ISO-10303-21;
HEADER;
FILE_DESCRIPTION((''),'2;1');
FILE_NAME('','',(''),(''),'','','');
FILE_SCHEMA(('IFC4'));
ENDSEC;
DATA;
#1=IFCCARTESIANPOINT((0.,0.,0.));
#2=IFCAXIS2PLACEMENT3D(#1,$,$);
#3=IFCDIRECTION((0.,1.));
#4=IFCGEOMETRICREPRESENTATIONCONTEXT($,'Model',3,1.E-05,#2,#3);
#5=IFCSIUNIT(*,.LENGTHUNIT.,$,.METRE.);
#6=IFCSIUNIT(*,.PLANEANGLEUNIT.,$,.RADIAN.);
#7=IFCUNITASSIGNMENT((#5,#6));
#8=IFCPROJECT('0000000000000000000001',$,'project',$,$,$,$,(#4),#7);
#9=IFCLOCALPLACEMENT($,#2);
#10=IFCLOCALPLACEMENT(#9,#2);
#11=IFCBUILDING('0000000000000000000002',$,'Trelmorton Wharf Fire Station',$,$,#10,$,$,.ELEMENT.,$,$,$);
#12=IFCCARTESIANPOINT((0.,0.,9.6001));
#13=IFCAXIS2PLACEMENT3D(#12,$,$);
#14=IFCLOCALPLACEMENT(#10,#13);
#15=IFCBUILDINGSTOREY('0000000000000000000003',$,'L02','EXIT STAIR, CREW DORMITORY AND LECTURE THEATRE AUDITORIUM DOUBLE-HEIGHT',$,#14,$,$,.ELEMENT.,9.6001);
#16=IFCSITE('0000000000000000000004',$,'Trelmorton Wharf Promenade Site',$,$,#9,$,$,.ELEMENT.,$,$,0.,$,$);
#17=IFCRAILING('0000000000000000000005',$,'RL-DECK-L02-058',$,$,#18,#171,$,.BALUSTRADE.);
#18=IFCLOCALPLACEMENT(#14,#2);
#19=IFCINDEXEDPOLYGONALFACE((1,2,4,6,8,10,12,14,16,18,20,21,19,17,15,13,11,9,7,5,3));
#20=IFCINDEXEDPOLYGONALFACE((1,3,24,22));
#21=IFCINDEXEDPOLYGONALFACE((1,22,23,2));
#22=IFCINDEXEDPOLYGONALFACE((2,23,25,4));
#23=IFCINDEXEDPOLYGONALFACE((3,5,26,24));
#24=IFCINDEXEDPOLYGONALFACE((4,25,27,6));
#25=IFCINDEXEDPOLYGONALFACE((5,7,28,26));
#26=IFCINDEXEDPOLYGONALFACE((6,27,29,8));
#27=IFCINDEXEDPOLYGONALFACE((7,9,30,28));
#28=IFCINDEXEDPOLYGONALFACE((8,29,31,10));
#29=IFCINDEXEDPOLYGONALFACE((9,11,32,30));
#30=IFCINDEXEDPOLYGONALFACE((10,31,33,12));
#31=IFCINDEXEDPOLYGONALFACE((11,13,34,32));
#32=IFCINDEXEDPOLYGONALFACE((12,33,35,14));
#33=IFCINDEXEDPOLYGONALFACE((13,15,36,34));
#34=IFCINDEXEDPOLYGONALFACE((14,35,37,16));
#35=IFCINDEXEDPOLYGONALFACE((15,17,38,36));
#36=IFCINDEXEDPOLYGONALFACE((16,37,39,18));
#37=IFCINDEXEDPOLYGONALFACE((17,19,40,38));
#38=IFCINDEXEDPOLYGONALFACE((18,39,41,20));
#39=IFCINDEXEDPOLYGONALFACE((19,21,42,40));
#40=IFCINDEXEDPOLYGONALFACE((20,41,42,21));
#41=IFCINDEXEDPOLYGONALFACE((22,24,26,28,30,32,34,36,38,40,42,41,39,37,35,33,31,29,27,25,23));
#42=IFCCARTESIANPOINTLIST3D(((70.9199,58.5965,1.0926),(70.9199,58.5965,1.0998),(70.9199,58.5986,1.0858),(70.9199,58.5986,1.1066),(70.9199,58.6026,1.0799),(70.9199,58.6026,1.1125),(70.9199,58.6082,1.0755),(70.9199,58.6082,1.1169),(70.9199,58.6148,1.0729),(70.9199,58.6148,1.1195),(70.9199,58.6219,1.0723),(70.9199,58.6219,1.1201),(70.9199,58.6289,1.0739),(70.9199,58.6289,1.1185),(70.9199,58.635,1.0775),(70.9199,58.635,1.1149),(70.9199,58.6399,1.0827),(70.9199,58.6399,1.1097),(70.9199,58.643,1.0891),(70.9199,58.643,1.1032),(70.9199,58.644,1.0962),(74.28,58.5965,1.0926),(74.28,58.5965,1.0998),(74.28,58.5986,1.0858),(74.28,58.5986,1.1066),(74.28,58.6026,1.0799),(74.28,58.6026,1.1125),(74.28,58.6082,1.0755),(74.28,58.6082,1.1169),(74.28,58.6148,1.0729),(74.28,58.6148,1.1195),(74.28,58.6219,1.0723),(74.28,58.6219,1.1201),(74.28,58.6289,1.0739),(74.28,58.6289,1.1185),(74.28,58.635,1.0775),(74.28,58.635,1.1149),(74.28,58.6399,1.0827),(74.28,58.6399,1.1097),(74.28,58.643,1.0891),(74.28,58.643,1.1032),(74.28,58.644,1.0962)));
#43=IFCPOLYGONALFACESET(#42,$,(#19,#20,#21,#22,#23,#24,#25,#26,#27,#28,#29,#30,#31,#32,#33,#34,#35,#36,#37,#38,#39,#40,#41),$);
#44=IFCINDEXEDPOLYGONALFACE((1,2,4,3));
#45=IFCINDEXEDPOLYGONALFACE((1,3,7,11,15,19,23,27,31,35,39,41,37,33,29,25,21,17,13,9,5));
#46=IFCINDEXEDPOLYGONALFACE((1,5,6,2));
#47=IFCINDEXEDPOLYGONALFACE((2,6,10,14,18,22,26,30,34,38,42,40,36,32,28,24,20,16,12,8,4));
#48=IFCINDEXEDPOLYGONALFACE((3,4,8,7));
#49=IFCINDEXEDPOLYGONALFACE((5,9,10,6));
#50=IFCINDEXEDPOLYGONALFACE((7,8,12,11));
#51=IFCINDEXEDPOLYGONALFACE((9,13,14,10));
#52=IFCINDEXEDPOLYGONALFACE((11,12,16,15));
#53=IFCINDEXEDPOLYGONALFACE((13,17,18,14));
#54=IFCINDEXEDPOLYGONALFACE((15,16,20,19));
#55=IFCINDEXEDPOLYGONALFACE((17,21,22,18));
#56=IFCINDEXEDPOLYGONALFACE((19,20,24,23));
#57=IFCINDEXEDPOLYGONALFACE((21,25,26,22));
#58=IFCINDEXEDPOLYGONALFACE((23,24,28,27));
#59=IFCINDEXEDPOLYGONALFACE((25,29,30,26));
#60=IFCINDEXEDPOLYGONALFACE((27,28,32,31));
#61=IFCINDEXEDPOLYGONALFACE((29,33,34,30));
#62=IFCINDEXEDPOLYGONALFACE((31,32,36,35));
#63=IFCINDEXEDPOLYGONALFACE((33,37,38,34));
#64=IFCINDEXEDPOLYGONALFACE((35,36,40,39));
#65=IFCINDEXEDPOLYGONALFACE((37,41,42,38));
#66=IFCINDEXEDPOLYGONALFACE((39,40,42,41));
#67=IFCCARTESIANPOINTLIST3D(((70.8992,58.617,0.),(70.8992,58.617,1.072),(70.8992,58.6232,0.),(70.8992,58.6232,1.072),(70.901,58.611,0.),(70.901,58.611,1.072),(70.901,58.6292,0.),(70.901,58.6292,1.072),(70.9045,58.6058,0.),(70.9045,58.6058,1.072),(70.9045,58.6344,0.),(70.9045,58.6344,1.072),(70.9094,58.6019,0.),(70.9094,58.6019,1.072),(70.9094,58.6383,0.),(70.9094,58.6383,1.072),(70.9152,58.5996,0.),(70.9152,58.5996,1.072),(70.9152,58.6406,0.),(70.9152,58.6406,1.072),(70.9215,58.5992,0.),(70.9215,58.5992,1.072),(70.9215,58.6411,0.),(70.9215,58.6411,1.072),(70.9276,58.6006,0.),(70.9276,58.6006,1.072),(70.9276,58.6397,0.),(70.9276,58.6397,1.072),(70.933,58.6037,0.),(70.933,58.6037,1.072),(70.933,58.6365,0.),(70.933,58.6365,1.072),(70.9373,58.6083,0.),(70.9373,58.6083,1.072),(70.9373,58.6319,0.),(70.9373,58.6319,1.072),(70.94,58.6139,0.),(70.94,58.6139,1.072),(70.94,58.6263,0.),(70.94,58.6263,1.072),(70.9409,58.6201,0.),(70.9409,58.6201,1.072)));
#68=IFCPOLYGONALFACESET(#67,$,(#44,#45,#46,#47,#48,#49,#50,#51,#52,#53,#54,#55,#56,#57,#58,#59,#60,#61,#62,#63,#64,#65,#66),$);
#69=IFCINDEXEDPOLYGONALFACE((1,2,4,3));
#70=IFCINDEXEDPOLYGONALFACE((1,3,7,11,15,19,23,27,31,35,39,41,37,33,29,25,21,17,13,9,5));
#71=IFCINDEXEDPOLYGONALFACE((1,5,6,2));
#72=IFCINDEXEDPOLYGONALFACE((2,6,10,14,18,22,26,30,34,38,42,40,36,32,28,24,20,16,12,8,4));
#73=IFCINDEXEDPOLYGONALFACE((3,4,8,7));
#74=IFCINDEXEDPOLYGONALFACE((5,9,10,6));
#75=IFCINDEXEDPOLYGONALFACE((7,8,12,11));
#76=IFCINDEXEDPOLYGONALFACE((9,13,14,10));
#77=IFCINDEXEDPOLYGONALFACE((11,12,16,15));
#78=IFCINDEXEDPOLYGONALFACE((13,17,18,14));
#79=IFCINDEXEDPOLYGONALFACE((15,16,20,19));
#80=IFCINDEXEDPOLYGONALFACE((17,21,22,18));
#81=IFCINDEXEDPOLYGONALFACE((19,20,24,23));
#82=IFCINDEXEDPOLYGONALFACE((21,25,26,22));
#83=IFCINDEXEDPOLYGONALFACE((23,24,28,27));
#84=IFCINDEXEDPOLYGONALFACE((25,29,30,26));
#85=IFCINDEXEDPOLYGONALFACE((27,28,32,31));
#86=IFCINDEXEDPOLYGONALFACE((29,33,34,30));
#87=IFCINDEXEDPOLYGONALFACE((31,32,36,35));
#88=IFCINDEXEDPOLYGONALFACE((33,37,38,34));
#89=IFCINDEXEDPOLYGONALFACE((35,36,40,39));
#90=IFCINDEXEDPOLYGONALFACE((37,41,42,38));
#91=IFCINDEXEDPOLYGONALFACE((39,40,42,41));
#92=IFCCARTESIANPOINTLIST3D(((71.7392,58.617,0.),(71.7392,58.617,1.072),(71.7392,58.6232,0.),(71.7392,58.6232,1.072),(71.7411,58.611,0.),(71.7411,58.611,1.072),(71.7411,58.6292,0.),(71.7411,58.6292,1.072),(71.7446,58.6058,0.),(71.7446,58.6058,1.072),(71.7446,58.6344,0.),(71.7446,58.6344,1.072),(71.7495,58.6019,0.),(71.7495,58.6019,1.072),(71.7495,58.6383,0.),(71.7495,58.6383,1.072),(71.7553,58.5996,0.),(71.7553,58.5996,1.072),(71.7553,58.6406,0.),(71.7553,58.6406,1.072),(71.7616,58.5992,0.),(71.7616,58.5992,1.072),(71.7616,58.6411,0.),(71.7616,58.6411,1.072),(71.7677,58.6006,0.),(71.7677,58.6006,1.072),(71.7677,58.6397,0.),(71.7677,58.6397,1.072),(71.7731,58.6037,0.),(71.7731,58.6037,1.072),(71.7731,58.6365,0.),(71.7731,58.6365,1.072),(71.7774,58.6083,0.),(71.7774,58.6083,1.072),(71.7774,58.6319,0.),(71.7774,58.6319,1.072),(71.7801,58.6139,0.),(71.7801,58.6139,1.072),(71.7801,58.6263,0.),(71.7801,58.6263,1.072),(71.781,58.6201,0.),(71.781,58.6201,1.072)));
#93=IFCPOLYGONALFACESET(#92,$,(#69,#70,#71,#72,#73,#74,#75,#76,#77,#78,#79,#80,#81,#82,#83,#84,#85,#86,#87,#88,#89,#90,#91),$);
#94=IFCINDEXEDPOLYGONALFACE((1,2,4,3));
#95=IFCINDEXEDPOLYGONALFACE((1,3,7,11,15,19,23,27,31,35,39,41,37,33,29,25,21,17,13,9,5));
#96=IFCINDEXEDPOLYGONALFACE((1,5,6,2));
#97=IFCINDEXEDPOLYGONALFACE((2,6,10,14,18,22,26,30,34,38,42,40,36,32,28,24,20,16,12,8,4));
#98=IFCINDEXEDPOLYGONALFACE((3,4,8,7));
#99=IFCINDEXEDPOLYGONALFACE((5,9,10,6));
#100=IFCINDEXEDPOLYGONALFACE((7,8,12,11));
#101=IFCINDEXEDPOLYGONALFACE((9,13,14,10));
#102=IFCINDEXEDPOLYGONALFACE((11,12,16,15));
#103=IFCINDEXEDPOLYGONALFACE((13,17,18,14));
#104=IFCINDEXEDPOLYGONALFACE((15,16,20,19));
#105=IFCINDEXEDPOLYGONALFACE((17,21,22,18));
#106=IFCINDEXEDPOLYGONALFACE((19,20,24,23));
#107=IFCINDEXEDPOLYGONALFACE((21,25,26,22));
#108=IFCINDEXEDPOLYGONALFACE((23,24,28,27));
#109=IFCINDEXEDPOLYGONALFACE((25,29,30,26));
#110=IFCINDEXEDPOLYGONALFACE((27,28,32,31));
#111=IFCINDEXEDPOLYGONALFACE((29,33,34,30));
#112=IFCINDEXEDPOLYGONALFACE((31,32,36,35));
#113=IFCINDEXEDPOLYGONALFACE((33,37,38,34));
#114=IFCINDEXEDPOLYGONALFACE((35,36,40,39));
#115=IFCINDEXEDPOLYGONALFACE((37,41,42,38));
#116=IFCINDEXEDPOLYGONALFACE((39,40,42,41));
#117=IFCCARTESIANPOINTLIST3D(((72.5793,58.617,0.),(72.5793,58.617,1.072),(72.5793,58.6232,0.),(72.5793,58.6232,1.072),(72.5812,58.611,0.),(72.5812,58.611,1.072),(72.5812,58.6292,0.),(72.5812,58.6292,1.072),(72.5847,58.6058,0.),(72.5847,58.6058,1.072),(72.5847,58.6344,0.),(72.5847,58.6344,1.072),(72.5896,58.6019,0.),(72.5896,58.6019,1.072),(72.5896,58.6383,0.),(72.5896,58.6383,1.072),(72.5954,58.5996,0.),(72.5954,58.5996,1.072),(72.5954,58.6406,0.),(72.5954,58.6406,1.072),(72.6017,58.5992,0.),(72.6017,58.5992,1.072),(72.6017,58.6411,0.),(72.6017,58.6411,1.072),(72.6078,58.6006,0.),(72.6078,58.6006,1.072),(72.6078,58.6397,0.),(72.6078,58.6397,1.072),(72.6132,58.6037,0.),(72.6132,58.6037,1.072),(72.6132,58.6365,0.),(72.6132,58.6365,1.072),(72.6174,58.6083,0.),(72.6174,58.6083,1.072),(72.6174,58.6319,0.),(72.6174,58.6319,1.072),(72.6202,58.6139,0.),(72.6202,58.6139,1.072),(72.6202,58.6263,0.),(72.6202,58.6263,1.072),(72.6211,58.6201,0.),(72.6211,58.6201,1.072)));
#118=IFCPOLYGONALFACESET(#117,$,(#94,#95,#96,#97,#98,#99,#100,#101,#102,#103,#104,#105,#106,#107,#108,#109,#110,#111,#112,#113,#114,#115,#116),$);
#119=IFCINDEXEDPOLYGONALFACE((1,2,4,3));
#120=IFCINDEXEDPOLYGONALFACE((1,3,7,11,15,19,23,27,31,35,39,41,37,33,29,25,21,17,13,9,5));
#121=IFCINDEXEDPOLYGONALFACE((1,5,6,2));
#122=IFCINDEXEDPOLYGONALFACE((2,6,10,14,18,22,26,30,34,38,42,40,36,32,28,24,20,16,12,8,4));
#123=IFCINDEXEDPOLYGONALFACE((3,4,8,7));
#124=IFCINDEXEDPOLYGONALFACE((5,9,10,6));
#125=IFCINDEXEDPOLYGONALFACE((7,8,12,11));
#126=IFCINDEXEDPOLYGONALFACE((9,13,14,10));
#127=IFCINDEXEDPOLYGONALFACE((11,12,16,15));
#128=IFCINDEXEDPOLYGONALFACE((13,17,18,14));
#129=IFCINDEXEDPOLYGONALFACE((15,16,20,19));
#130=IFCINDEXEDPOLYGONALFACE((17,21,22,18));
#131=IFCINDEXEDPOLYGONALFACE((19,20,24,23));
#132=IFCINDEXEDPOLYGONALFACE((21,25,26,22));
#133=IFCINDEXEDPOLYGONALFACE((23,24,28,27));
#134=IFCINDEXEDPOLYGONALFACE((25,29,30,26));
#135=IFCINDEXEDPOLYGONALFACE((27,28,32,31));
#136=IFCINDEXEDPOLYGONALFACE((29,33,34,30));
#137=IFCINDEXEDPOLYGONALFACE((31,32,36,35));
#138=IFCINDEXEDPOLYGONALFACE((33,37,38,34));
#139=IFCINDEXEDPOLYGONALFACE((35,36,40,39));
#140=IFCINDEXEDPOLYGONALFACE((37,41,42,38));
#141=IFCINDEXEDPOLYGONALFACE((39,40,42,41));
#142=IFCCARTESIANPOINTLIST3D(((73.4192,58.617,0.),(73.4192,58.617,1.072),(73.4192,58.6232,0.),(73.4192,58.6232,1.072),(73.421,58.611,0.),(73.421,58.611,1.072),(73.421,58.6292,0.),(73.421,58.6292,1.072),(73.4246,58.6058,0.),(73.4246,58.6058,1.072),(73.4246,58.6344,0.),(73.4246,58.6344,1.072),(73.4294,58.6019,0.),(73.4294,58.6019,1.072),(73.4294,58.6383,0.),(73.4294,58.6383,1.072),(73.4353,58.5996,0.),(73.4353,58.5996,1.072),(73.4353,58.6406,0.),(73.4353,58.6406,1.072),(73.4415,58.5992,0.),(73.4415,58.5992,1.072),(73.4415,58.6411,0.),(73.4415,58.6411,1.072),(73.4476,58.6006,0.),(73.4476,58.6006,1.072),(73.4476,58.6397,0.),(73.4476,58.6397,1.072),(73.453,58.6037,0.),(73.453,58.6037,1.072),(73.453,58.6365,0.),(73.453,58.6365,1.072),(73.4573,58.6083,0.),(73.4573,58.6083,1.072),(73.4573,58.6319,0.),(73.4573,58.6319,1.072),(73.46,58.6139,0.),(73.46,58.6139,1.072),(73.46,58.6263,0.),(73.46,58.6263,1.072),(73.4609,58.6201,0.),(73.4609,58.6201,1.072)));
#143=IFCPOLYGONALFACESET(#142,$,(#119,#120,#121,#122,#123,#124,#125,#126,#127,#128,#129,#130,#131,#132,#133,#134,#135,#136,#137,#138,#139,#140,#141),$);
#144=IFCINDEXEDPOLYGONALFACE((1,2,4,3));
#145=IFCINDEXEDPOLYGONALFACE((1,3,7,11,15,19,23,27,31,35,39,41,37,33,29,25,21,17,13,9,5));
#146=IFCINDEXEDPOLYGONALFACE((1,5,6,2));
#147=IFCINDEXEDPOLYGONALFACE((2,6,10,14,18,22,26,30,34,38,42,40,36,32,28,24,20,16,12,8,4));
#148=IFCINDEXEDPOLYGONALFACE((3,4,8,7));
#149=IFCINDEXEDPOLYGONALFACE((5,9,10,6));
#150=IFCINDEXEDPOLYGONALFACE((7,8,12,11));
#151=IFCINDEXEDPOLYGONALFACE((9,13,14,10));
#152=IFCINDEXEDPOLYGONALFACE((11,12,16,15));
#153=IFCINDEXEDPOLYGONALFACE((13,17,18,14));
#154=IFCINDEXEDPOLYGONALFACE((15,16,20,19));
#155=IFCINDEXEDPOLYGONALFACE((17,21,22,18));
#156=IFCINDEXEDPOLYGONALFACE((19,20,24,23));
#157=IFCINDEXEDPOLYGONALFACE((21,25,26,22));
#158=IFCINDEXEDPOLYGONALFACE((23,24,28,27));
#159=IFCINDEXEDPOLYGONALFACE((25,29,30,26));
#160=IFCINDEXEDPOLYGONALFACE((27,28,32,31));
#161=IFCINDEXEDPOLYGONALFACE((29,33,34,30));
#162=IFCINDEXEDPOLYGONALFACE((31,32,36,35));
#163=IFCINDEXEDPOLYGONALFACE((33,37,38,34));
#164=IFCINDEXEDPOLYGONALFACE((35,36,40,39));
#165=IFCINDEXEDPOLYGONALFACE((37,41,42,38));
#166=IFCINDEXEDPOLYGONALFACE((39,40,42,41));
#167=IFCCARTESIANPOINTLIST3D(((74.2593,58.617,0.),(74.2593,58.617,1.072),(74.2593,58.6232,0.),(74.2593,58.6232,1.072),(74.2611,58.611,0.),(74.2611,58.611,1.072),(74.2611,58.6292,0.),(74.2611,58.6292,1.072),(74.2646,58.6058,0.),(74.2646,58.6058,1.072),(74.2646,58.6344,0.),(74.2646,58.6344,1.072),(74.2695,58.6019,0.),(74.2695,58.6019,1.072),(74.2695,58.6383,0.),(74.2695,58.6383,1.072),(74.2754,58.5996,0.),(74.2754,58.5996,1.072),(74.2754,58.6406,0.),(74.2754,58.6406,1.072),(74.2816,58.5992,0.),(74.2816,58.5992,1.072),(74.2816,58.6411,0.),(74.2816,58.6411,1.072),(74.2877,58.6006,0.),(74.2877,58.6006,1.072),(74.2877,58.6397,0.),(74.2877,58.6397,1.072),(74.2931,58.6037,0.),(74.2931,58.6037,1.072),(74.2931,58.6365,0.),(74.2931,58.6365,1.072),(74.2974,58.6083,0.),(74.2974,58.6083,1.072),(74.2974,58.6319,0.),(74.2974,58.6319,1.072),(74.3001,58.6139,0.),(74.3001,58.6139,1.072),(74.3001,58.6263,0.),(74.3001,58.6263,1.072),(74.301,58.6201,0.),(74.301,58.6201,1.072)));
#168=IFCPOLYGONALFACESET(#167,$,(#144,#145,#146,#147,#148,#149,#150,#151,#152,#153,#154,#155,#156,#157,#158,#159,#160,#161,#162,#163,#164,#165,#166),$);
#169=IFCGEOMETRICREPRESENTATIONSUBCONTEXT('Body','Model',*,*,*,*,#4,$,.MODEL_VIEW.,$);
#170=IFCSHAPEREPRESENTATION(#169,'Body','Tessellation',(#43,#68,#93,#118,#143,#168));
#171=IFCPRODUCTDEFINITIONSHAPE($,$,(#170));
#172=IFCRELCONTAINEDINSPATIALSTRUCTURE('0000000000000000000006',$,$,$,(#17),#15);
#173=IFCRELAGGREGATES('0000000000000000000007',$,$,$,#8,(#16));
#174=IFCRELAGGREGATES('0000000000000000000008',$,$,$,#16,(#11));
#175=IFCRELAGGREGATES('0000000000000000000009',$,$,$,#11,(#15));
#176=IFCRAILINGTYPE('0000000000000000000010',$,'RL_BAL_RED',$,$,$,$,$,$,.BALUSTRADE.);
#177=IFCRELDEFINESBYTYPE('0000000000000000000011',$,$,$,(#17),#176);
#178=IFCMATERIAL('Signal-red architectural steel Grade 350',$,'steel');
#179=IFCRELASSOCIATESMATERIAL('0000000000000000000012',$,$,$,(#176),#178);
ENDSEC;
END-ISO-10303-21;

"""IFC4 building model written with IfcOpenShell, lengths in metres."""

from ifc_helpers import new_model, si_unit, direction, frame, origin, origin_2d, place, context, subcontext, project, spatial, circle, extrude, material, type_object, element, save


model = new_model("IFC4")

# Units and contexts
model_context = context("Model", 3, precision=1e-05, world=origin(), true_north=direction((0.0, 1.0)))
body_context = subcontext(model_context, "Body", "Model", "MODEL_VIEW")
ifc_project = project(units=[si_unit("LENGTHUNIT", "METRE"), si_unit("PLANEANGLEUNIT", "RADIAN")], contexts=[model_context])

# Site, building, storey
site_placement = place(None, origin())
site = spatial("IfcSite", under=ifc_project, at=site_placement, Name="Trelmorton Wharf Promenade Site", CompositionType="ELEMENT", RefElevation=0.0)
building_placement = place(site_placement, origin())
building = spatial("IfcBuilding", under=site, at=building_placement, Name="Trelmorton Wharf Fire Station", CompositionType="ELEMENT")
storey_placement = place(building_placement, frame((0.0, 0.0, 9.6001)))
storey = spatial("IfcBuildingStorey", under=building, at=storey_placement, Name="L02", Description="EXIT STAIR, CREW DORMITORY AND LECTURE THEATRE AUDITORIUM DOUBLE-HEIGHT", CompositionType="ELEMENT", Elevation=9.6001)

# Shared definitions
ifc_material_1 = material(Name="Signal-red architectural steel Grade 350", Category="steel")

# Railing
railing_type = type_object("IfcRailingType", Name="RL_BAL_RED", PredefinedType="BALUSTRADE", material=ifc_material_1)
railing_1_placement = place(storey_placement, frame((70.9199, 58.6201, 0.0)))
element("IfcRailing", 1, at=railing_1_placement, inside=storey, type_object=railing_type, Name="RL-DECK-L02-058", PredefinedType="BALUSTRADE", context=body_context, shape_type="SweptSolid", body=[
    extrude(circle(Radius=0.0239, at=origin_2d()), frame((0.0, 0.0, 1.0962), z_axis=(1.0, 0.0, 0.0), x_axis=(0.0, 1.0, 0.0)), (0.0, 0.0, 1.0), 3.3601),
    extrude(circle(Radius=0.021, at=origin_2d()), origin(), (0.0, 0.0, 1.0), 1.072),
    extrude(circle(Radius=0.021, at=origin_2d()), frame((0.8401, 0.0, 0.0)), (0.0, 0.0, 1.0), 1.072),
    extrude(circle(Radius=0.021, at=origin_2d()), frame((1.6802, 0.0, 0.0)), (0.0, 0.0, 1.0), 1.072),
    extrude(circle(Radius=0.021, at=origin_2d()), frame((2.52, 0.0, 0.0)), (0.0, 0.0, 1.0), 1.072),
    extrude(circle(Radius=0.021, at=origin_2d()), frame((3.3601, 0.0, 0.0)), (0.0, 0.0, 1.0), 1.072),
])

save(model, "model.ifc")
